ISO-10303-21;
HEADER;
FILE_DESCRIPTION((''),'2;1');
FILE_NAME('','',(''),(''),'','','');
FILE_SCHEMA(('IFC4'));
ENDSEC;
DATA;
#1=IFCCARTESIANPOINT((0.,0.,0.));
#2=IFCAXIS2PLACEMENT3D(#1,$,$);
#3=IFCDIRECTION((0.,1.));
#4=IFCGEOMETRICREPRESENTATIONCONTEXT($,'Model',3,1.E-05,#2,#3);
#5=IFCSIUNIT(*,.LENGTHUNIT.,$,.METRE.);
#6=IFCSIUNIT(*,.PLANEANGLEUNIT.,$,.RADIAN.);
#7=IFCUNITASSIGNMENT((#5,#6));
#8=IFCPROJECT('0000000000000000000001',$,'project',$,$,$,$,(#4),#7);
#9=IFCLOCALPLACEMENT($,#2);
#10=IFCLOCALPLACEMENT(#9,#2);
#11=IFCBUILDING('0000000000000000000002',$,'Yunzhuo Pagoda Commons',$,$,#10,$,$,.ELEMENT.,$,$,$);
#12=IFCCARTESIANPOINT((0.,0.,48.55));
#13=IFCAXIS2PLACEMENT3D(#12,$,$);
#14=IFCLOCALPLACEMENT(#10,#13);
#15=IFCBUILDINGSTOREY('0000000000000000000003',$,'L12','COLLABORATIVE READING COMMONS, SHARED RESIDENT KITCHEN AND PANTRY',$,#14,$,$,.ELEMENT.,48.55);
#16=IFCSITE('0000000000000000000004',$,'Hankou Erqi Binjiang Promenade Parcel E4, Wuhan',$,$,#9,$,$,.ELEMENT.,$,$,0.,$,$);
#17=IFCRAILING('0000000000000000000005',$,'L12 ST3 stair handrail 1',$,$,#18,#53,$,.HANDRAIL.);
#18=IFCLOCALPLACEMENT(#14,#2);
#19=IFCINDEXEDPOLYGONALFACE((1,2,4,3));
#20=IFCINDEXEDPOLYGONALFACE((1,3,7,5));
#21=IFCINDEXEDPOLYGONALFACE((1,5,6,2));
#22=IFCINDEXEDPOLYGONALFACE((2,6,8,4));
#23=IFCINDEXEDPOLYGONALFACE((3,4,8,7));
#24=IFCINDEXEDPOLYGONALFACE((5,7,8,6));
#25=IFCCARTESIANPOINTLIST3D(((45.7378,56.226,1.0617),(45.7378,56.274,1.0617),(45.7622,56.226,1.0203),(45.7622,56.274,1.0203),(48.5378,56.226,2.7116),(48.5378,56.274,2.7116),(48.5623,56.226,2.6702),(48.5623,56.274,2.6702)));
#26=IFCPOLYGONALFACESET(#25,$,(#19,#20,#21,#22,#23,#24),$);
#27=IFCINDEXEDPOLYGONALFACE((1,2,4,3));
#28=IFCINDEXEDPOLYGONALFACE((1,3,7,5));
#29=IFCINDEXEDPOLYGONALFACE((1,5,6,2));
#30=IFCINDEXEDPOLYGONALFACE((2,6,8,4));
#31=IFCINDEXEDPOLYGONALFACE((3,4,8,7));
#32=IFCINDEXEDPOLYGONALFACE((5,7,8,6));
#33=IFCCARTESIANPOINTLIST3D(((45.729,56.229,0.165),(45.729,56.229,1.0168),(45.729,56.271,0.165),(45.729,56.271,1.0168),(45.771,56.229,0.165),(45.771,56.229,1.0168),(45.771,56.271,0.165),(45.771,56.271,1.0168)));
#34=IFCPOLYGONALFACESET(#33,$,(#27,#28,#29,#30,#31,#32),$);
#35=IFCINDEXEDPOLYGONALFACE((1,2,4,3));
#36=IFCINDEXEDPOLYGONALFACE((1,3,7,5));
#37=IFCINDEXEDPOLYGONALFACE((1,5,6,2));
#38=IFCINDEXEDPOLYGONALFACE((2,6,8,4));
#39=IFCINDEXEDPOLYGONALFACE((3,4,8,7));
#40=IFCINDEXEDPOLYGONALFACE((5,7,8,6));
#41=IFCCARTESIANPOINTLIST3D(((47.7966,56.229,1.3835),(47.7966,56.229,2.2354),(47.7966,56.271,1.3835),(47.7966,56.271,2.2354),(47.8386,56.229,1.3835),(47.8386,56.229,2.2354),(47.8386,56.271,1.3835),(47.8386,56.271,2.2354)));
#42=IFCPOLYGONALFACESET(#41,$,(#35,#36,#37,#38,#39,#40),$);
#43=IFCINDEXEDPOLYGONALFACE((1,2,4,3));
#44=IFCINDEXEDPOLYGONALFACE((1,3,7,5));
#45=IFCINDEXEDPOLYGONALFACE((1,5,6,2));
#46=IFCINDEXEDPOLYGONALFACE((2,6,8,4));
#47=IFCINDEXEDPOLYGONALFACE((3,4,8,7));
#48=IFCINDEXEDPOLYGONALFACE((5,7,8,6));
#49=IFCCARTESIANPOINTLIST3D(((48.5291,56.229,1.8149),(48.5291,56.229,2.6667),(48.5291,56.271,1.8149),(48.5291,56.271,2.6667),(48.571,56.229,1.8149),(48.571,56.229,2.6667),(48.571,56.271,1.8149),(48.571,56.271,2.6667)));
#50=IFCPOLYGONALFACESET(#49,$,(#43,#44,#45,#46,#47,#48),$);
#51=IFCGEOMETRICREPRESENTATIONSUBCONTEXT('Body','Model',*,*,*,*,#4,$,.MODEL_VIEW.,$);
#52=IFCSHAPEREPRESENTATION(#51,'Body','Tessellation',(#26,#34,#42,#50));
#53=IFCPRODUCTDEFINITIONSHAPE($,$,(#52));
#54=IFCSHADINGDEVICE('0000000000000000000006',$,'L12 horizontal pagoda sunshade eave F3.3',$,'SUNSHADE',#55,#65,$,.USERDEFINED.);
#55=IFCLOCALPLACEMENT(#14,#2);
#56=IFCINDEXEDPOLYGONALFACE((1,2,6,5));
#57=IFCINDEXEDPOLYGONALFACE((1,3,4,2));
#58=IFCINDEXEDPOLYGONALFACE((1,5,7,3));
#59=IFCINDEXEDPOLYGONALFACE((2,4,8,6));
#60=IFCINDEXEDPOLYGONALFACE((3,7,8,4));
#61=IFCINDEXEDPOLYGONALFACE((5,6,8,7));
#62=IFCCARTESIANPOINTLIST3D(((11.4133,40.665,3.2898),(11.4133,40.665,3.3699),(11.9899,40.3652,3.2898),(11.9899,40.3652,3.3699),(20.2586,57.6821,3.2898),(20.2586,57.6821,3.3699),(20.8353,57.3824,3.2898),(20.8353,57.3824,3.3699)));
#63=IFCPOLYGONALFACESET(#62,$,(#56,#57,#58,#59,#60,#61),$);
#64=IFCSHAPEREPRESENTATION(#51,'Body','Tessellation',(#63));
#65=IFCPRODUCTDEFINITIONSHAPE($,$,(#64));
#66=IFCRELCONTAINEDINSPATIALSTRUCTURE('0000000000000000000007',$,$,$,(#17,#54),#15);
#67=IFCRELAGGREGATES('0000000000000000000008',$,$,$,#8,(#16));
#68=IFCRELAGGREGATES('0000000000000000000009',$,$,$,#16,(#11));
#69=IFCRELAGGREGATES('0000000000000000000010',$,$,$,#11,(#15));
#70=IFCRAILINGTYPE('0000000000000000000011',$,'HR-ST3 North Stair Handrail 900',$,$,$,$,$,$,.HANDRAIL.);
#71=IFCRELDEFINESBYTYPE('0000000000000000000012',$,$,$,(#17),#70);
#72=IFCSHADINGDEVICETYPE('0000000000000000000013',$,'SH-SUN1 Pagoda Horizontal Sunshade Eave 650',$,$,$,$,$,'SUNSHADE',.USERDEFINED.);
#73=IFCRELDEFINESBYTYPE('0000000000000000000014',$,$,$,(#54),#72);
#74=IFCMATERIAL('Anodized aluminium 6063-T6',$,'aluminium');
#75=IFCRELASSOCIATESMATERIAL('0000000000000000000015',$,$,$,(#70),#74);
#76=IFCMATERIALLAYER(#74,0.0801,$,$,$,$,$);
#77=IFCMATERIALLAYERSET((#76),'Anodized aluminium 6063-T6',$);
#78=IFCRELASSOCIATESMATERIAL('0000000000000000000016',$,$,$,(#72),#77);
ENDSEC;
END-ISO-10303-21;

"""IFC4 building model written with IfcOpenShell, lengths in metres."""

from ifc_helpers import new_model, si_unit, direction, frame, origin, origin_2d, place, context, subcontext, project, spatial, rectangle, extrude, source, transform, mapped, material, layer, layer_set, type_object, element, save


model = new_model("IFC4")

# Units and contexts
model_context = context("Model", 3, precision=1e-05, world=origin(), true_north=direction((0.0, 1.0)))
body_context = subcontext(model_context, "Body", "Model", "MODEL_VIEW")
ifc_project = project(units=[si_unit("LENGTHUNIT", "METRE"), si_unit("PLANEANGLEUNIT", "RADIAN")], contexts=[model_context])

# Site, building, storey
site_placement = place(None, origin())
site = spatial("IfcSite", under=ifc_project, at=site_placement, Name="Hankou Erqi Binjiang Promenade Parcel E4, Wuhan", CompositionType="ELEMENT", RefElevation=0.0)
building_placement = place(site_placement, origin())
building = spatial("IfcBuilding", under=site, at=building_placement, Name="Yunzhuo Pagoda Commons", CompositionType="ELEMENT")
storey_placement = place(building_placement, frame((0.0, 0.0, 48.55)))
storey = spatial("IfcBuildingStorey", under=building, at=storey_placement, Name="L12", Description="COLLABORATIVE READING COMMONS, SHARED RESIDENT KITCHEN AND PANTRY", CompositionType="ELEMENT", Elevation=48.55)

# Shared definitions
ifc_material_1 = material(Name="Anodized aluminium 6063-T6", Category="aluminium")

# Railing
railing_type_1 = type_object("IfcRailingType", Name="HR-ST3 North Stair Handrail 900", PredefinedType="HANDRAIL", material=ifc_material_1)
railing_1_placement = place(storey_placement, frame((45.75, 56.25, 0.165)))
element("IfcRailing", 1, at=railing_1_placement, inside=storey, type_object=railing_type_1, Name="L12 ST3 stair handrail 1", PredefinedType="HANDRAIL", context=body_context, shape_type="SweptSolid", body=[
    extrude(rectangle(XDim=0.0481, YDim=0.0481, at=origin_2d()), frame((0.0, 0.0, 0.876), z_axis=(0.861555, 0.0, 0.507663), x_axis=(0.0, 1.0, 0.0)), (0.0, 0.0, 1.0), 3.25),
    extrude(rectangle(XDim=0.042, YDim=0.042, at=origin_2d()), origin(), (0.0, 0.0, 1.0), 0.8518),
    extrude(rectangle(XDim=0.042, YDim=0.042, at=origin_2d()), frame((2.0676, 0.0, 1.2185)), (0.0, 0.0, 1.0), 0.8518),
    extrude(rectangle(XDim=0.042, YDim=0.042, at=origin_2d()), frame((2.8, 0.0, 1.6499)), (0.0, 0.0, 1.0), 0.8518),
])

# Shading device
ifc_layer_1 = layer(ifc_material_1, 0.0801)
ifc_layer_set_1 = layer_set([ifc_layer_1], Name="Anodized aluminium 6063-T6")
shading_device_type = type_object("IfcShadingDeviceType", Name="SH-SUN1 Pagoda Horizontal Sunshade Eave 650", ElementType="SUNSHADE", PredefinedType="USERDEFINED", material=ifc_layer_set_1)
shared_shape_1 = source(origin(), body_context, "Body", "SweptSolid", [
    extrude(rectangle(XDim=19.1787, YDim=0.6499, at=origin_2d()), origin(), (0.0, 0.0, 1.0), 0.0801),
])
shading_device_placement = place(storey_placement, frame((16.1243, 49.0237, 3.2898), z_axis=(0.0, 0.0, 1.0), x_axis=(-0.461207, -0.887293, 0.0)))
element("IfcShadingDevice", 2, at=shading_device_placement, inside=storey, type_object=shading_device_type, Name="L12 horizontal pagoda sunshade eave F3.3", ObjectType="SUNSHADE", PredefinedType="USERDEFINED", context=body_context, shape_type="MappedRepresentation", body=[
    mapped(shared_shape_1, transform((0.0, 0.0, 0.0), scale=1.0)),
])

save(model, "model.ifc")
